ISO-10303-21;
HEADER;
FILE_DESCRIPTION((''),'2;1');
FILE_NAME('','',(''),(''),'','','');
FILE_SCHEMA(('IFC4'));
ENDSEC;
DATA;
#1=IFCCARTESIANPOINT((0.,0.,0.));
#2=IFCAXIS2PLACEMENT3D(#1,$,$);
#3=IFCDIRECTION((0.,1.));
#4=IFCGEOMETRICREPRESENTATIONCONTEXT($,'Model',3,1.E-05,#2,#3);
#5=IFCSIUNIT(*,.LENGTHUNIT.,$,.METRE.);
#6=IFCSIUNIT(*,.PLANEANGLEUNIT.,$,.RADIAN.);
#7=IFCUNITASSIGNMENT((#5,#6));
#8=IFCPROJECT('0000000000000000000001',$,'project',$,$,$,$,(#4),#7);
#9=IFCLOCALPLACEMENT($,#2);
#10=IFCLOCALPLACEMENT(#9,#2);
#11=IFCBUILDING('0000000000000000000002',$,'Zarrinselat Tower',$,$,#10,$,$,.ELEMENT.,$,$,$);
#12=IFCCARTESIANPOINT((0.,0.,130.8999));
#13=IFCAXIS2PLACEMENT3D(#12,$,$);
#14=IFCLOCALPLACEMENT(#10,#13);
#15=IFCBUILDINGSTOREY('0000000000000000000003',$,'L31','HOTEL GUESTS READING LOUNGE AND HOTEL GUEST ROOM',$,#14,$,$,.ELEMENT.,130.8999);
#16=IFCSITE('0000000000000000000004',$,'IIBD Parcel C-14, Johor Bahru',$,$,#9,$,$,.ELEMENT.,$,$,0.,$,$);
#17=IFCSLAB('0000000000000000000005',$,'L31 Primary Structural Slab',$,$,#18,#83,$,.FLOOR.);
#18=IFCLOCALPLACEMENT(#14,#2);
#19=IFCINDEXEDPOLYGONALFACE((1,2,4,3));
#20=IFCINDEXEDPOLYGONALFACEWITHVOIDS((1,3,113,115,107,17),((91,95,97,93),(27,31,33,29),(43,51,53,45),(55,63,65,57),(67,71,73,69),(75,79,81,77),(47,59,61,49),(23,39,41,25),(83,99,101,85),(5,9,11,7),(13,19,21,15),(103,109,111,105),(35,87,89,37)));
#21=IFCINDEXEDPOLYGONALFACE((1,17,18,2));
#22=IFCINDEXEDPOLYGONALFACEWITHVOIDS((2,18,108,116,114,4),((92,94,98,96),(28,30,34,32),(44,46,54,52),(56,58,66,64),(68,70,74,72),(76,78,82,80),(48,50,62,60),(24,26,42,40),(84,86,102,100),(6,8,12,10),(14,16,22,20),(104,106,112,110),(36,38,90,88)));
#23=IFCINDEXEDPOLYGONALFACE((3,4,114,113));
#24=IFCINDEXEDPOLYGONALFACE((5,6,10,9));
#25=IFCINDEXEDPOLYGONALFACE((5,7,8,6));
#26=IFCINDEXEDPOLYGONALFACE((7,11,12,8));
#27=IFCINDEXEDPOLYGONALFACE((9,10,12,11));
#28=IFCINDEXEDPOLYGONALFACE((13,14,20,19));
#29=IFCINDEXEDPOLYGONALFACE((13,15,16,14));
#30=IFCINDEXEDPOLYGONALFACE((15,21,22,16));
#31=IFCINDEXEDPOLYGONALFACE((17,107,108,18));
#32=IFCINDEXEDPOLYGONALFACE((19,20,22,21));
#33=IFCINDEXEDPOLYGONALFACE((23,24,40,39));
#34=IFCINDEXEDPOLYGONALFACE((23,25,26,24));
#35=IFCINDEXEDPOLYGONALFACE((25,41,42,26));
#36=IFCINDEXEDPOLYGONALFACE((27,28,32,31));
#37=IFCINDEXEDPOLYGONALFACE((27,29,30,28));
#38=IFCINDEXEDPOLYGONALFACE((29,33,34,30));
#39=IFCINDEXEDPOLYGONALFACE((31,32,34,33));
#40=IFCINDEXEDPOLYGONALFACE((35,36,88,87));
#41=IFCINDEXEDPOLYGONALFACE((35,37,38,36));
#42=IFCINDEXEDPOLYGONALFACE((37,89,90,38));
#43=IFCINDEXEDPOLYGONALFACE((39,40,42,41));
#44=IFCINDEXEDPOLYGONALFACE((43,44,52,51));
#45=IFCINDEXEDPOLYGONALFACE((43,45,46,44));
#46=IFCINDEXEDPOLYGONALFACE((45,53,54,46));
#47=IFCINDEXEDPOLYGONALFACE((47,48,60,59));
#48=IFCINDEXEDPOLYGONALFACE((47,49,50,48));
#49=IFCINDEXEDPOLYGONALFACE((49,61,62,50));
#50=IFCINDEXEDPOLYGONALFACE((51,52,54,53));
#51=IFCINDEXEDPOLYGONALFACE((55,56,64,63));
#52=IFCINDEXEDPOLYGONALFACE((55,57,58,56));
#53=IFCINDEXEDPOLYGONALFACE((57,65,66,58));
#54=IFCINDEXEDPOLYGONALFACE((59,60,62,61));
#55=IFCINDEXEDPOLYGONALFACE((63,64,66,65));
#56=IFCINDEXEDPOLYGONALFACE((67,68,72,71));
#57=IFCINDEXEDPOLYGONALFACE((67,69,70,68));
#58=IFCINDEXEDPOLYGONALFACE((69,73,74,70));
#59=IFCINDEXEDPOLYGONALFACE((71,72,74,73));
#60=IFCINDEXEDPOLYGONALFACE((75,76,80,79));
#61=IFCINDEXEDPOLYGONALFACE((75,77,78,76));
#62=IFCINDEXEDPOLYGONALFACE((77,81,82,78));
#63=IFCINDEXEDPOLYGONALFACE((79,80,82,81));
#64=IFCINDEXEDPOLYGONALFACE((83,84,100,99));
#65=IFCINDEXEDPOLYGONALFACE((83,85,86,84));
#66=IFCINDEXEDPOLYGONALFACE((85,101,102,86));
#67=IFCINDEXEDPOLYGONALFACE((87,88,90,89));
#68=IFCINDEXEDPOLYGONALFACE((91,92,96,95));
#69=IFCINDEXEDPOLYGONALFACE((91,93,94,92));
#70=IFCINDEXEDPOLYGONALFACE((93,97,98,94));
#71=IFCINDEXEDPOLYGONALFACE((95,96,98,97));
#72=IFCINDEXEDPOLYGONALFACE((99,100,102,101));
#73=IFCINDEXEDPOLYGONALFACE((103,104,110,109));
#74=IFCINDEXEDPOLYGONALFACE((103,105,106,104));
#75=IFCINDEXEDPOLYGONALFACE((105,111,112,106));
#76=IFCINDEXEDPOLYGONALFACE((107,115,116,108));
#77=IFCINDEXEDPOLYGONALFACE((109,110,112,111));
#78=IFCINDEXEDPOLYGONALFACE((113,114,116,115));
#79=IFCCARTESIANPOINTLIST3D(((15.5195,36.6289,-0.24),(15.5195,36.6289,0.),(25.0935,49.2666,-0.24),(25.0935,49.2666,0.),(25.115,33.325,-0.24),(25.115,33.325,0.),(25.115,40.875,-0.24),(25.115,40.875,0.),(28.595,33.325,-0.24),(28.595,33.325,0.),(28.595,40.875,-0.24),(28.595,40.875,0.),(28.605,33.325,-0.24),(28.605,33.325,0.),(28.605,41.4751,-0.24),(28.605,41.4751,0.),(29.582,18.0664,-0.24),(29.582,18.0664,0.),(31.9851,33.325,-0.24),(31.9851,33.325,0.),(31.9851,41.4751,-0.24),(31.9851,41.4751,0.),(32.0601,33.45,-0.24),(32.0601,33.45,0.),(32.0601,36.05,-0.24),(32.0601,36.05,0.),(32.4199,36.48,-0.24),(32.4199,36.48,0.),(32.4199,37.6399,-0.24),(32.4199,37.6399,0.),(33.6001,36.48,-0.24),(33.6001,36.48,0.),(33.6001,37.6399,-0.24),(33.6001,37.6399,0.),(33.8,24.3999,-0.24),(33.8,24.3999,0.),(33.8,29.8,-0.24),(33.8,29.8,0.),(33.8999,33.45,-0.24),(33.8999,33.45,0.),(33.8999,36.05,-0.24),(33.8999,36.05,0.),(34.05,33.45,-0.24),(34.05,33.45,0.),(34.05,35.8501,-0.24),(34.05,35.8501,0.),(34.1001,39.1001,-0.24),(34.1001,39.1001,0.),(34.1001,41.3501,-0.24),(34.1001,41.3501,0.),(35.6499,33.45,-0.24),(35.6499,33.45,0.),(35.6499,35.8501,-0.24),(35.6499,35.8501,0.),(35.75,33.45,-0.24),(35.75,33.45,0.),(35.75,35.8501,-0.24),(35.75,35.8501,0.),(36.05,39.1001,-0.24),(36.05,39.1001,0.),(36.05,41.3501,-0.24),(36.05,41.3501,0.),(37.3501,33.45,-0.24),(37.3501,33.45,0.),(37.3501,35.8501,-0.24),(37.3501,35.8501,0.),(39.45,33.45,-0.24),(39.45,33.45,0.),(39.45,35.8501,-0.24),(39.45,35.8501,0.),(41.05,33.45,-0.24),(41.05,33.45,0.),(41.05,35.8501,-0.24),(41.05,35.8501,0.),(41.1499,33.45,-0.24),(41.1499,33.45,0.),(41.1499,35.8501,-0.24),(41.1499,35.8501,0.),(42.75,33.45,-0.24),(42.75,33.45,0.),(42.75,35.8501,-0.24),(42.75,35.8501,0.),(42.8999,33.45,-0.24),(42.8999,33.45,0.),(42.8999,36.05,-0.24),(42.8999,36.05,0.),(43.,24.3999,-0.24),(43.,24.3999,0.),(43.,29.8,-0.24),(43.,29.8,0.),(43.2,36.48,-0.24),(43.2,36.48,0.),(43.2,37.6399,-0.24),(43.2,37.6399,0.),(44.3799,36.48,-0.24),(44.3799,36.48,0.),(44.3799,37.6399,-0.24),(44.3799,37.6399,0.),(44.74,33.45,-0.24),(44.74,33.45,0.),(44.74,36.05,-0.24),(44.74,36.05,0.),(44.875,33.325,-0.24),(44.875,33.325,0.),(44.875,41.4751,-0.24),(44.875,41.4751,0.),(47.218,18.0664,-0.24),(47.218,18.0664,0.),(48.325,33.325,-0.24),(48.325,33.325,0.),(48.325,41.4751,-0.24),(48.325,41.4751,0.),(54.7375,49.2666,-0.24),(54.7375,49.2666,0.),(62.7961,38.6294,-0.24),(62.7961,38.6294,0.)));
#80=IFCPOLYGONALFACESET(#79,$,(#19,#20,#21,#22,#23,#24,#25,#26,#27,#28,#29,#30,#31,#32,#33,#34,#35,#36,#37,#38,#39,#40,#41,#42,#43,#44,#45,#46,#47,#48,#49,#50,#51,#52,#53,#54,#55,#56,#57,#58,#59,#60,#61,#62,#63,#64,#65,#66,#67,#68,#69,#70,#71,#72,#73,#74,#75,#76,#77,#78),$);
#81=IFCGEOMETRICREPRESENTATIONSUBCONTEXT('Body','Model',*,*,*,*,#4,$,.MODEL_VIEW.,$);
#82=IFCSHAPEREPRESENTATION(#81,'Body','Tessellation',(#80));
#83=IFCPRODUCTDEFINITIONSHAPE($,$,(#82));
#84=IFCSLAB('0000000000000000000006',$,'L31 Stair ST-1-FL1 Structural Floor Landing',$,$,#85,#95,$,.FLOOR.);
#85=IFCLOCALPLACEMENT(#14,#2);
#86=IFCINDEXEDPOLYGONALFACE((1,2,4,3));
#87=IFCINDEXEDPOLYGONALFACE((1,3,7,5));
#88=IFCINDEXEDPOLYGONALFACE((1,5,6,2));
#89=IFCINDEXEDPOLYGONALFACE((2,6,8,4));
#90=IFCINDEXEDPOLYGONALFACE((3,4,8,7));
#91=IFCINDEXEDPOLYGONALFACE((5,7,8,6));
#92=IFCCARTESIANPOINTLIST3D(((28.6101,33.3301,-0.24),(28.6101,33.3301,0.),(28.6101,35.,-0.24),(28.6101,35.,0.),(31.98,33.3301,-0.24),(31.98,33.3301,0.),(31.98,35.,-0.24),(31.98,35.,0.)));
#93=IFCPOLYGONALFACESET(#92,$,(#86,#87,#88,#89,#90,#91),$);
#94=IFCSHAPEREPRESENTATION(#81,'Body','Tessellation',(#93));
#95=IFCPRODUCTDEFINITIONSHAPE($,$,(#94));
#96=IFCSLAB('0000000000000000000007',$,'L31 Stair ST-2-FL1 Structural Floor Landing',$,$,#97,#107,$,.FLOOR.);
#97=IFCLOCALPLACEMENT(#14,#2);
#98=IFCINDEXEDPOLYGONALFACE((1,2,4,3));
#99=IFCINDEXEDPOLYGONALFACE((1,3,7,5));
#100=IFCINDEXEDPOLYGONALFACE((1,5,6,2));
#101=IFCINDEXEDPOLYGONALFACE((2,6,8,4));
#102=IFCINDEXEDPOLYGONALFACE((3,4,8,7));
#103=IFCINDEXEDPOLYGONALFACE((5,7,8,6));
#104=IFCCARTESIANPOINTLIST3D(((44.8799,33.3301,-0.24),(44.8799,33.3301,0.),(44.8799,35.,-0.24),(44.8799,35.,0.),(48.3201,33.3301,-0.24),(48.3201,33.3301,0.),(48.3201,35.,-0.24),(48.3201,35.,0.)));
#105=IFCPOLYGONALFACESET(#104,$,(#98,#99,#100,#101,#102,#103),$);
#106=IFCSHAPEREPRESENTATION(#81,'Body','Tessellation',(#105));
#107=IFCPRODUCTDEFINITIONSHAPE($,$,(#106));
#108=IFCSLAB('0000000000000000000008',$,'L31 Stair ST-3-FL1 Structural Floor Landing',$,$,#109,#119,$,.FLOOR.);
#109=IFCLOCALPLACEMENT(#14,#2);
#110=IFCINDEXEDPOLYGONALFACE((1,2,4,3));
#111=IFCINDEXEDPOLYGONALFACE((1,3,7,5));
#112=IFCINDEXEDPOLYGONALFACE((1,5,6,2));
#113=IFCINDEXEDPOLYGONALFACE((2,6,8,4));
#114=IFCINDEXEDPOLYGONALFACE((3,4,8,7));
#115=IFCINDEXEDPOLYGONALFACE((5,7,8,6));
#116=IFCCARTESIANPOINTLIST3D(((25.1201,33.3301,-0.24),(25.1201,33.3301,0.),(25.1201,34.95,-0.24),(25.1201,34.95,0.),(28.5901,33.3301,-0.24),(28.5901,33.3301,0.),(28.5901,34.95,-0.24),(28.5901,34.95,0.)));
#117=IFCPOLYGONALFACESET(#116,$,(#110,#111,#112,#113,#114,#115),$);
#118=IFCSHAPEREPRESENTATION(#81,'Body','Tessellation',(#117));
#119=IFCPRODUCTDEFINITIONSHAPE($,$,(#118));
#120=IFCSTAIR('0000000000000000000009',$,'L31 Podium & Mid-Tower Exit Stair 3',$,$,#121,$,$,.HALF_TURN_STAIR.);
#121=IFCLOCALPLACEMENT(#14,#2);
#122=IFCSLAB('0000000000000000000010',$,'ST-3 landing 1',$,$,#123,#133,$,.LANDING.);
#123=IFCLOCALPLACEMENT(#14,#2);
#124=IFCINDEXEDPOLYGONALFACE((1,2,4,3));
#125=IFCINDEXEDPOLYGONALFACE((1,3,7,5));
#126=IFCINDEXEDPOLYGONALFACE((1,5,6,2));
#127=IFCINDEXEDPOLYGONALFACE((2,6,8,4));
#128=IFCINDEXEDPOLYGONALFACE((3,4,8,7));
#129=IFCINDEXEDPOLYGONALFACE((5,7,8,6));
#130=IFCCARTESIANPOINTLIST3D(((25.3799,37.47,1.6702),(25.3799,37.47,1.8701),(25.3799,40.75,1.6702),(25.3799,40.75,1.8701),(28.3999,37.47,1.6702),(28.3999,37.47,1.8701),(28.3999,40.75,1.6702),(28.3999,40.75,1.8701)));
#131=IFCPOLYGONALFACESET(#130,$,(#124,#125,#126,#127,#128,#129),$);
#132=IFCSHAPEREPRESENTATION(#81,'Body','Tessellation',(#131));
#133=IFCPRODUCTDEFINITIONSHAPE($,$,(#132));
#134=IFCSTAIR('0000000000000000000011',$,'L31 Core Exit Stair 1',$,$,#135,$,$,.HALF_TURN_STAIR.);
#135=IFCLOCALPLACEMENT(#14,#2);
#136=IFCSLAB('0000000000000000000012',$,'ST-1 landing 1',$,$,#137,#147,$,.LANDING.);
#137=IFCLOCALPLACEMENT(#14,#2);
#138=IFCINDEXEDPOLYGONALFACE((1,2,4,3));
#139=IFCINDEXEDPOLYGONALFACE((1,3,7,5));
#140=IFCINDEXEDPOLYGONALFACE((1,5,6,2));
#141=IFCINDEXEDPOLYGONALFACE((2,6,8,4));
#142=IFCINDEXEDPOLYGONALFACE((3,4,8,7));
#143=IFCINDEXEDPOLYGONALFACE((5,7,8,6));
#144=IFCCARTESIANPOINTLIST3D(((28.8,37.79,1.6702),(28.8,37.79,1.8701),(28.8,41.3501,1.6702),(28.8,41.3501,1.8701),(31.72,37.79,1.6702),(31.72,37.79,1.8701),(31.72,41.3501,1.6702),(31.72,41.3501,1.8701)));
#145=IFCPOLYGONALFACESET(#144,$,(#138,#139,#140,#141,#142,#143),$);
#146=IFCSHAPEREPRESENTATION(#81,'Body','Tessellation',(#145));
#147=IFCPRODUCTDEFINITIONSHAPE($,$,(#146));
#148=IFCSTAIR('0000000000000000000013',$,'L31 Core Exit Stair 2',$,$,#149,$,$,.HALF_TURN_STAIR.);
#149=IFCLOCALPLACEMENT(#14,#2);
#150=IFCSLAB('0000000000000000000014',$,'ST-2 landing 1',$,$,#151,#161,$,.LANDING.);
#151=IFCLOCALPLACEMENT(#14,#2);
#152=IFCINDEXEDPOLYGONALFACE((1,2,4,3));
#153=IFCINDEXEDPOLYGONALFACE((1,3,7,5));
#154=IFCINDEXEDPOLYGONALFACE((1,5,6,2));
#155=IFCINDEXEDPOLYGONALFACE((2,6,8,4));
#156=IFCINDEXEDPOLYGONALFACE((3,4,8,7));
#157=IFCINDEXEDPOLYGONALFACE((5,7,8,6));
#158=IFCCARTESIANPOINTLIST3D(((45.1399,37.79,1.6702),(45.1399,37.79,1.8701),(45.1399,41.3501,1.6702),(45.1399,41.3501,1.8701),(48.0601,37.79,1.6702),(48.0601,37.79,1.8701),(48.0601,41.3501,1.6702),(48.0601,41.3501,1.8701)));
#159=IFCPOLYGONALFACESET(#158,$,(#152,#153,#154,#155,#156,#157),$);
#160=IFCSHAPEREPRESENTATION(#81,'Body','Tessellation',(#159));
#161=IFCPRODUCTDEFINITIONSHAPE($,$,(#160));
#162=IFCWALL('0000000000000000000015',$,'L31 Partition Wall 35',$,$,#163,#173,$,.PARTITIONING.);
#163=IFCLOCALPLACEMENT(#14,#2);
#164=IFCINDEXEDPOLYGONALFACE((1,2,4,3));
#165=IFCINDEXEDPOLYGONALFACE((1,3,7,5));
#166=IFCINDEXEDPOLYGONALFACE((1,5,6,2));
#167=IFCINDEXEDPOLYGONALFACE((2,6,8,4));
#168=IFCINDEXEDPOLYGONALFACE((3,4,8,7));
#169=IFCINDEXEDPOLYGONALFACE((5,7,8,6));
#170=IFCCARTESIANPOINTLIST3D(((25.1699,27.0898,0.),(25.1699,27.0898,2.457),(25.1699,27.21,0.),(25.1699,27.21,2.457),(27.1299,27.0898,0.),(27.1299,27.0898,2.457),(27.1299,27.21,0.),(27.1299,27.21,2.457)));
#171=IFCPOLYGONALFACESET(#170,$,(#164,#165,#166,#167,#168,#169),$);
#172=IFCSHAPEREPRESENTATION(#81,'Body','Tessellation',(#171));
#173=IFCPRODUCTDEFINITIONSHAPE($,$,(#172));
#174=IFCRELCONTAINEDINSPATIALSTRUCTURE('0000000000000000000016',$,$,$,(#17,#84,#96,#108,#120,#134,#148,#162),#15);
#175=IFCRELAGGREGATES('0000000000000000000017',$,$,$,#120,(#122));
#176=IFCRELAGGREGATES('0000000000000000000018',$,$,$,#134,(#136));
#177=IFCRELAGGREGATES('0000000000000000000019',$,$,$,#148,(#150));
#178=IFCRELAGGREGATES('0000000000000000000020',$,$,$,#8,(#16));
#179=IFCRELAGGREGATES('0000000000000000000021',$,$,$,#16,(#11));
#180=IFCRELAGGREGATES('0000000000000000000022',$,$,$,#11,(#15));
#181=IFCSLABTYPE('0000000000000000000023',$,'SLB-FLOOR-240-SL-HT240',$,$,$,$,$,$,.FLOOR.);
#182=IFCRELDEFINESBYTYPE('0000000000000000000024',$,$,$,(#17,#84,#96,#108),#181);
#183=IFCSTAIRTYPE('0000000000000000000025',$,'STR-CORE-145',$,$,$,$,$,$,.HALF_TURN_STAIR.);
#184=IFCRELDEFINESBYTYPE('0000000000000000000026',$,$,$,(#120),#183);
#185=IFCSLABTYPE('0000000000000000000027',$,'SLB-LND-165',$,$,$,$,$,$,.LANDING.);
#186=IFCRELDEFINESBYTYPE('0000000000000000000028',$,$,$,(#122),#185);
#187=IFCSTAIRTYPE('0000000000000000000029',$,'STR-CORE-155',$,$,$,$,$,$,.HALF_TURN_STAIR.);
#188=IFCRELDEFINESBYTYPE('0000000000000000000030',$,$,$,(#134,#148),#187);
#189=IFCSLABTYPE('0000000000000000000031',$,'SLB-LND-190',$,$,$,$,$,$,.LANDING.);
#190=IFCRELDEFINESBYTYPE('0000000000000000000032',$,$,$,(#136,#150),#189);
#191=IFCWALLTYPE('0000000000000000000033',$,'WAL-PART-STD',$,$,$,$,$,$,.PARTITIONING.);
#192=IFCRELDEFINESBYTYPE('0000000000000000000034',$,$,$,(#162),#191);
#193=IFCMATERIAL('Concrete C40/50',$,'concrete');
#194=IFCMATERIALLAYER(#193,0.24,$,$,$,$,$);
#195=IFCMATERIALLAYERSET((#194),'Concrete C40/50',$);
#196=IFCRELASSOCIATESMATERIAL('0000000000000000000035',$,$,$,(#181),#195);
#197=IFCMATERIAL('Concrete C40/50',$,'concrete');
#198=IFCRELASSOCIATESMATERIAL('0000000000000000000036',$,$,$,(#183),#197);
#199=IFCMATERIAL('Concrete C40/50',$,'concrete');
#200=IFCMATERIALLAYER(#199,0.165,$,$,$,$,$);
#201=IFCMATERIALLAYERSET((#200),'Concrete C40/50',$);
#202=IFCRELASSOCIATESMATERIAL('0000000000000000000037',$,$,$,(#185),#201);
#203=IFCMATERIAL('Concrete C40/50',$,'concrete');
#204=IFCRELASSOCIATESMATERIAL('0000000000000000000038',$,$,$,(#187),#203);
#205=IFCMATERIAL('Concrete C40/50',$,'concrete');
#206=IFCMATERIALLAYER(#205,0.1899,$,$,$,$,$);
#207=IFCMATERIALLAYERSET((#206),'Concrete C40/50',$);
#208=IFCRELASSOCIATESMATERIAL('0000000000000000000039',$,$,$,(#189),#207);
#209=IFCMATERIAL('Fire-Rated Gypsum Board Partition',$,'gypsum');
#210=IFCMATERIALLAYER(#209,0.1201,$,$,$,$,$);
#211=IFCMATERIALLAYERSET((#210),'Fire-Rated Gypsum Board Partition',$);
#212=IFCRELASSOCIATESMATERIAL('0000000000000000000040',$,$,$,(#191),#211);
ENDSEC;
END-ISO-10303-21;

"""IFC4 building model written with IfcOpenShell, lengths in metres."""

from ifc_helpers import new_model, si_unit, direction, frame, frame_2d, origin, place, context, subcontext, project, spatial, polyline, rectangle, outline, extrude, material, layer, layer_set, type_object, element, aggregate, save


model = new_model("IFC4")

# Units and contexts
model_context = context("Model", 3, precision=1e-05, world=origin(), true_north=direction((0.0, 1.0)))
body_context = subcontext(model_context, "Body", "Model", "MODEL_VIEW")
ifc_project = project(units=[si_unit("LENGTHUNIT", "METRE"), si_unit("PLANEANGLEUNIT", "RADIAN")], contexts=[model_context])

# Site, building, storey
site_placement = place(None, origin())
site = spatial("IfcSite", under=ifc_project, at=site_placement, Name="IIBD Parcel C-14, Johor Bahru", CompositionType="ELEMENT", RefElevation=0.0)
building_placement = place(site_placement, origin())
building = spatial("IfcBuilding", under=site, at=building_placement, Name="Zarrinselat Tower", CompositionType="ELEMENT")
storey_placement = place(building_placement, frame((0.0, 0.0, 130.8999)))
storey = spatial("IfcBuildingStorey", under=building, at=storey_placement, Name="L31", Description="HOTEL GUESTS READING LOUNGE AND HOTEL GUEST ROOM", CompositionType="ELEMENT", Elevation=130.8999)

# Slabs
ifc_material_1 = material(Name="Concrete C40/50", Category="concrete")
ifc_layer_1 = layer(ifc_material_1, 0.24)
ifc_layer_set_1 = layer_set([ifc_layer_1], Name="Concrete C40/50")
slab_type_1 = type_object("IfcSlabType", Name="SLB-FLOOR-240-SL-HT240", PredefinedType="FLOOR", material=ifc_layer_set_1)
slab_1_placement = place(storey_placement, frame((0.0, 0.0, -0.24)))
element("IfcSlab", 1, at=slab_1_placement, inside=storey, type_object=slab_type_1, Name="L31 Primary Structural Slab", PredefinedType="FLOOR", context=body_context, shape_type="SweptSolid", body=[
    extrude(outline(polyline([(54.7375, 49.2666), (25.0935, 49.2666), (15.5195, 36.6289), (29.582, 18.0664), (47.218, 18.0664), (62.7961, 38.6294), (54.7375, 49.2666)]), holes=[polyline([(35.6499, 33.45), (34.05, 33.45), (34.05, 35.8501), (35.6499, 35.8501), (35.6499, 33.45)]), polyline([(35.75, 33.45), (35.75, 35.8501), (37.3501, 35.8501), (37.3501, 33.45), (35.75, 33.45)]), polyline([(32.0601, 33.45), (32.0601, 36.05), (33.8999, 36.05), (33.8999, 33.45), (32.0601, 33.45)]), polyline([(33.6001, 36.48), (32.4199, 36.48), (32.4199, 37.6399), (33.6001, 37.6399), (33.6001, 36.48)]), polyline([(28.595, 33.325), (25.115, 33.325), (25.115, 40.875), (28.595, 40.875), (28.595, 33.325)]), polyline([(31.9851, 33.325), (28.605, 33.325), (28.605, 41.4751), (31.9851, 41.4751), (31.9851, 33.325)]), polyline([(36.05, 39.1001), (34.1001, 39.1001), (34.1001, 41.3501), (36.05, 41.3501), (36.05, 39.1001)]), polyline([(33.8, 24.3999), (33.8, 29.8), (43.0, 29.8), (43.0, 24.3999), (33.8, 24.3999)]), polyline([(39.45, 33.45), (39.45, 35.8501), (41.05, 35.8501), (41.05, 33.45), (39.45, 33.45)]), polyline([(41.1499, 33.45), (41.1499, 35.8501), (42.75, 35.8501), (42.75, 33.45), (41.1499, 33.45)]), polyline([(42.8999, 33.45), (42.8999, 36.05), (44.74, 36.05), (44.74, 33.45), (42.8999, 33.45)]), polyline([(43.2, 36.48), (43.2, 37.6399), (44.3799, 37.6399), (44.3799, 36.48), (43.2, 36.48)]), polyline([(48.325, 33.325), (44.875, 33.325), (44.875, 41.4751), (48.325, 41.4751), (48.325, 33.325)])]), origin(), (0.0, 0.0, 1.0), 0.24),
])
slab_2_placement = place(storey_placement, frame((0.0, 0.0, -0.24)))
element("IfcSlab", 2, at=slab_2_placement, inside=storey, type_object=slab_type_1, Name="L31 Stair ST-1-FL1 Structural Floor Landing", PredefinedType="FLOOR", context=body_context, shape_type="SweptSolid", body=[
    extrude(outline(polyline([(31.98, 33.3301), (31.98, 35.0), (28.6101, 35.0), (28.6101, 33.3301), (31.98, 33.3301)])), origin(), (0.0, 0.0, 1.0), 0.24),
])
slab_3_placement = place(storey_placement, frame((0.0, 0.0, -0.24)))
element("IfcSlab", 3, at=slab_3_placement, inside=storey, type_object=slab_type_1, Name="L31 Stair ST-2-FL1 Structural Floor Landing", PredefinedType="FLOOR", context=body_context, shape_type="SweptSolid", body=[
    extrude(outline(polyline([(48.3201, 33.3301), (48.3201, 35.0), (44.8799, 35.0), (44.8799, 33.3301), (48.3201, 33.3301)])), origin(), (0.0, 0.0, 1.0), 0.24),
])
slab_4_placement = place(storey_placement, frame((0.0, 0.0, -0.24)))
element("IfcSlab", 4, at=slab_4_placement, inside=storey, type_object=slab_type_1, Name="L31 Stair ST-3-FL1 Structural Floor Landing", PredefinedType="FLOOR", context=body_context, shape_type="SweptSolid", body=[
    extrude(outline(polyline([(28.5901, 33.3301), (28.5901, 34.95), (25.1201, 34.95), (25.1201, 33.3301), (28.5901, 33.3301)])), origin(), (0.0, 0.0, 1.0), 0.24),
])

# Stairs, slabs
ifc_material_2 = material(Name="Concrete C40/50", Category="concrete")
stair_type_1 = type_object("IfcStairType", Name="STR-CORE-145", PredefinedType="HALF_TURN_STAIR", material=ifc_material_2)
stair_1_placement = place(storey_placement, origin())
stair_1 = element("IfcStair", 5, at=stair_1_placement, inside=storey, type_object=stair_type_1, Name="L31 Podium & Mid-Tower Exit Stair 3", PredefinedType="HALF_TURN_STAIR")
ifc_material_3 = material(Name="Concrete C40/50", Category="concrete")
ifc_layer_2 = layer(ifc_material_3, 0.165)
ifc_layer_set_2 = layer_set([ifc_layer_2], Name="Concrete C40/50")
slab_type_2 = type_object("IfcSlabType", Name="SLB-LND-165", PredefinedType="LANDING", material=ifc_layer_set_2)
slab_5_placement = place(storey_placement, frame((0.0, 0.0, 1.6702)))
slab_5 = element("IfcSlab", 6, at=slab_5_placement, type_object=slab_type_2, Name="ST-3 landing 1", PredefinedType="LANDING", context=body_context, shape_type="SweptSolid", body=[
    extrude(outline(polyline([(28.3999, 37.47), (28.3999, 40.75), (25.3799, 40.75), (25.3799, 37.47), (28.3999, 37.47)])), origin(), (0.0, 0.0, 1.0), 0.2),
])
aggregate(stair_1, [slab_5])
ifc_material_4 = material(Name="Concrete C40/50", Category="concrete")
stair_type_2 = type_object("IfcStairType", Name="STR-CORE-155", PredefinedType="HALF_TURN_STAIR", material=ifc_material_4)
stair_2_placement = place(storey_placement, origin())
stair_2 = element("IfcStair", 7, at=stair_2_placement, inside=storey, type_object=stair_type_2, Name="L31 Core Exit Stair 1", PredefinedType="HALF_TURN_STAIR")
ifc_material_5 = material(Name="Concrete C40/50", Category="concrete")
ifc_layer_3 = layer(ifc_material_5, 0.1899)
ifc_layer_set_3 = layer_set([ifc_layer_3], Name="Concrete C40/50")
slab_type_3 = type_object("IfcSlabType", Name="SLB-LND-190", PredefinedType="LANDING", material=ifc_layer_set_3)
slab_6_placement = place(storey_placement, frame((0.0, 0.0, 1.6702)))
slab_6 = element("IfcSlab", 8, at=slab_6_placement, type_object=slab_type_3, Name="ST-1 landing 1", PredefinedType="LANDING", context=body_context, shape_type="SweptSolid", body=[
    extrude(outline(polyline([(31.72, 37.79), (31.72, 41.3501), (28.8, 41.3501), (28.8, 37.79), (31.72, 37.79)])), origin(), (0.0, 0.0, 1.0), 0.2),
])
aggregate(stair_2, [slab_6])
stair_3_placement = place(storey_placement, origin())
stair_3 = element("IfcStair", 9, at=stair_3_placement, inside=storey, type_object=stair_type_2, Name="L31 Core Exit Stair 2", PredefinedType="HALF_TURN_STAIR")
slab_7_placement = place(storey_placement, frame((0.0, 0.0, 1.6702)))
slab_7 = element("IfcSlab", 10, at=slab_7_placement, type_object=slab_type_3, Name="ST-2 landing 1", PredefinedType="LANDING", context=body_context, shape_type="SweptSolid", body=[
    extrude(outline(polyline([(48.0601, 37.79), (48.0601, 41.3501), (45.1399, 41.3501), (45.1399, 37.79), (48.0601, 37.79)])), origin(), (0.0, 0.0, 1.0), 0.2),
])
aggregate(stair_3, [slab_7])

# Wall
ifc_material_6 = material(Name="Fire-Rated Gypsum Board Partition", Category="gypsum")
ifc_layer_4 = layer(ifc_material_6, 0.1201)
ifc_layer_set_4 = layer_set([ifc_layer_4], Name="Fire-Rated Gypsum Board Partition")
wall_type_1 = type_object("IfcWallType", Name="WAL-PART-STD", PredefinedType="PARTITIONING", material=ifc_layer_set_4)
wall_1_placement = place(storey_placement, frame((25.1699, 27.1499, 0.0), z_axis=(0.0, 0.0, 1.0), x_axis=(1.0, 0.0, 0.0)))
element("IfcWall", 11, at=wall_1_placement, inside=storey, type_object=wall_type_1, Name="L31 Partition Wall 35", PredefinedType="PARTITIONING", context=body_context, shape_type="SweptSolid", body=[
    extrude(rectangle(XDim=1.96, YDim=0.1201, at=frame_2d((0.98, 0.0))), origin(), (0.0, 0.0, 1.0), 2.457),
])

save(model, "model.ifc")
